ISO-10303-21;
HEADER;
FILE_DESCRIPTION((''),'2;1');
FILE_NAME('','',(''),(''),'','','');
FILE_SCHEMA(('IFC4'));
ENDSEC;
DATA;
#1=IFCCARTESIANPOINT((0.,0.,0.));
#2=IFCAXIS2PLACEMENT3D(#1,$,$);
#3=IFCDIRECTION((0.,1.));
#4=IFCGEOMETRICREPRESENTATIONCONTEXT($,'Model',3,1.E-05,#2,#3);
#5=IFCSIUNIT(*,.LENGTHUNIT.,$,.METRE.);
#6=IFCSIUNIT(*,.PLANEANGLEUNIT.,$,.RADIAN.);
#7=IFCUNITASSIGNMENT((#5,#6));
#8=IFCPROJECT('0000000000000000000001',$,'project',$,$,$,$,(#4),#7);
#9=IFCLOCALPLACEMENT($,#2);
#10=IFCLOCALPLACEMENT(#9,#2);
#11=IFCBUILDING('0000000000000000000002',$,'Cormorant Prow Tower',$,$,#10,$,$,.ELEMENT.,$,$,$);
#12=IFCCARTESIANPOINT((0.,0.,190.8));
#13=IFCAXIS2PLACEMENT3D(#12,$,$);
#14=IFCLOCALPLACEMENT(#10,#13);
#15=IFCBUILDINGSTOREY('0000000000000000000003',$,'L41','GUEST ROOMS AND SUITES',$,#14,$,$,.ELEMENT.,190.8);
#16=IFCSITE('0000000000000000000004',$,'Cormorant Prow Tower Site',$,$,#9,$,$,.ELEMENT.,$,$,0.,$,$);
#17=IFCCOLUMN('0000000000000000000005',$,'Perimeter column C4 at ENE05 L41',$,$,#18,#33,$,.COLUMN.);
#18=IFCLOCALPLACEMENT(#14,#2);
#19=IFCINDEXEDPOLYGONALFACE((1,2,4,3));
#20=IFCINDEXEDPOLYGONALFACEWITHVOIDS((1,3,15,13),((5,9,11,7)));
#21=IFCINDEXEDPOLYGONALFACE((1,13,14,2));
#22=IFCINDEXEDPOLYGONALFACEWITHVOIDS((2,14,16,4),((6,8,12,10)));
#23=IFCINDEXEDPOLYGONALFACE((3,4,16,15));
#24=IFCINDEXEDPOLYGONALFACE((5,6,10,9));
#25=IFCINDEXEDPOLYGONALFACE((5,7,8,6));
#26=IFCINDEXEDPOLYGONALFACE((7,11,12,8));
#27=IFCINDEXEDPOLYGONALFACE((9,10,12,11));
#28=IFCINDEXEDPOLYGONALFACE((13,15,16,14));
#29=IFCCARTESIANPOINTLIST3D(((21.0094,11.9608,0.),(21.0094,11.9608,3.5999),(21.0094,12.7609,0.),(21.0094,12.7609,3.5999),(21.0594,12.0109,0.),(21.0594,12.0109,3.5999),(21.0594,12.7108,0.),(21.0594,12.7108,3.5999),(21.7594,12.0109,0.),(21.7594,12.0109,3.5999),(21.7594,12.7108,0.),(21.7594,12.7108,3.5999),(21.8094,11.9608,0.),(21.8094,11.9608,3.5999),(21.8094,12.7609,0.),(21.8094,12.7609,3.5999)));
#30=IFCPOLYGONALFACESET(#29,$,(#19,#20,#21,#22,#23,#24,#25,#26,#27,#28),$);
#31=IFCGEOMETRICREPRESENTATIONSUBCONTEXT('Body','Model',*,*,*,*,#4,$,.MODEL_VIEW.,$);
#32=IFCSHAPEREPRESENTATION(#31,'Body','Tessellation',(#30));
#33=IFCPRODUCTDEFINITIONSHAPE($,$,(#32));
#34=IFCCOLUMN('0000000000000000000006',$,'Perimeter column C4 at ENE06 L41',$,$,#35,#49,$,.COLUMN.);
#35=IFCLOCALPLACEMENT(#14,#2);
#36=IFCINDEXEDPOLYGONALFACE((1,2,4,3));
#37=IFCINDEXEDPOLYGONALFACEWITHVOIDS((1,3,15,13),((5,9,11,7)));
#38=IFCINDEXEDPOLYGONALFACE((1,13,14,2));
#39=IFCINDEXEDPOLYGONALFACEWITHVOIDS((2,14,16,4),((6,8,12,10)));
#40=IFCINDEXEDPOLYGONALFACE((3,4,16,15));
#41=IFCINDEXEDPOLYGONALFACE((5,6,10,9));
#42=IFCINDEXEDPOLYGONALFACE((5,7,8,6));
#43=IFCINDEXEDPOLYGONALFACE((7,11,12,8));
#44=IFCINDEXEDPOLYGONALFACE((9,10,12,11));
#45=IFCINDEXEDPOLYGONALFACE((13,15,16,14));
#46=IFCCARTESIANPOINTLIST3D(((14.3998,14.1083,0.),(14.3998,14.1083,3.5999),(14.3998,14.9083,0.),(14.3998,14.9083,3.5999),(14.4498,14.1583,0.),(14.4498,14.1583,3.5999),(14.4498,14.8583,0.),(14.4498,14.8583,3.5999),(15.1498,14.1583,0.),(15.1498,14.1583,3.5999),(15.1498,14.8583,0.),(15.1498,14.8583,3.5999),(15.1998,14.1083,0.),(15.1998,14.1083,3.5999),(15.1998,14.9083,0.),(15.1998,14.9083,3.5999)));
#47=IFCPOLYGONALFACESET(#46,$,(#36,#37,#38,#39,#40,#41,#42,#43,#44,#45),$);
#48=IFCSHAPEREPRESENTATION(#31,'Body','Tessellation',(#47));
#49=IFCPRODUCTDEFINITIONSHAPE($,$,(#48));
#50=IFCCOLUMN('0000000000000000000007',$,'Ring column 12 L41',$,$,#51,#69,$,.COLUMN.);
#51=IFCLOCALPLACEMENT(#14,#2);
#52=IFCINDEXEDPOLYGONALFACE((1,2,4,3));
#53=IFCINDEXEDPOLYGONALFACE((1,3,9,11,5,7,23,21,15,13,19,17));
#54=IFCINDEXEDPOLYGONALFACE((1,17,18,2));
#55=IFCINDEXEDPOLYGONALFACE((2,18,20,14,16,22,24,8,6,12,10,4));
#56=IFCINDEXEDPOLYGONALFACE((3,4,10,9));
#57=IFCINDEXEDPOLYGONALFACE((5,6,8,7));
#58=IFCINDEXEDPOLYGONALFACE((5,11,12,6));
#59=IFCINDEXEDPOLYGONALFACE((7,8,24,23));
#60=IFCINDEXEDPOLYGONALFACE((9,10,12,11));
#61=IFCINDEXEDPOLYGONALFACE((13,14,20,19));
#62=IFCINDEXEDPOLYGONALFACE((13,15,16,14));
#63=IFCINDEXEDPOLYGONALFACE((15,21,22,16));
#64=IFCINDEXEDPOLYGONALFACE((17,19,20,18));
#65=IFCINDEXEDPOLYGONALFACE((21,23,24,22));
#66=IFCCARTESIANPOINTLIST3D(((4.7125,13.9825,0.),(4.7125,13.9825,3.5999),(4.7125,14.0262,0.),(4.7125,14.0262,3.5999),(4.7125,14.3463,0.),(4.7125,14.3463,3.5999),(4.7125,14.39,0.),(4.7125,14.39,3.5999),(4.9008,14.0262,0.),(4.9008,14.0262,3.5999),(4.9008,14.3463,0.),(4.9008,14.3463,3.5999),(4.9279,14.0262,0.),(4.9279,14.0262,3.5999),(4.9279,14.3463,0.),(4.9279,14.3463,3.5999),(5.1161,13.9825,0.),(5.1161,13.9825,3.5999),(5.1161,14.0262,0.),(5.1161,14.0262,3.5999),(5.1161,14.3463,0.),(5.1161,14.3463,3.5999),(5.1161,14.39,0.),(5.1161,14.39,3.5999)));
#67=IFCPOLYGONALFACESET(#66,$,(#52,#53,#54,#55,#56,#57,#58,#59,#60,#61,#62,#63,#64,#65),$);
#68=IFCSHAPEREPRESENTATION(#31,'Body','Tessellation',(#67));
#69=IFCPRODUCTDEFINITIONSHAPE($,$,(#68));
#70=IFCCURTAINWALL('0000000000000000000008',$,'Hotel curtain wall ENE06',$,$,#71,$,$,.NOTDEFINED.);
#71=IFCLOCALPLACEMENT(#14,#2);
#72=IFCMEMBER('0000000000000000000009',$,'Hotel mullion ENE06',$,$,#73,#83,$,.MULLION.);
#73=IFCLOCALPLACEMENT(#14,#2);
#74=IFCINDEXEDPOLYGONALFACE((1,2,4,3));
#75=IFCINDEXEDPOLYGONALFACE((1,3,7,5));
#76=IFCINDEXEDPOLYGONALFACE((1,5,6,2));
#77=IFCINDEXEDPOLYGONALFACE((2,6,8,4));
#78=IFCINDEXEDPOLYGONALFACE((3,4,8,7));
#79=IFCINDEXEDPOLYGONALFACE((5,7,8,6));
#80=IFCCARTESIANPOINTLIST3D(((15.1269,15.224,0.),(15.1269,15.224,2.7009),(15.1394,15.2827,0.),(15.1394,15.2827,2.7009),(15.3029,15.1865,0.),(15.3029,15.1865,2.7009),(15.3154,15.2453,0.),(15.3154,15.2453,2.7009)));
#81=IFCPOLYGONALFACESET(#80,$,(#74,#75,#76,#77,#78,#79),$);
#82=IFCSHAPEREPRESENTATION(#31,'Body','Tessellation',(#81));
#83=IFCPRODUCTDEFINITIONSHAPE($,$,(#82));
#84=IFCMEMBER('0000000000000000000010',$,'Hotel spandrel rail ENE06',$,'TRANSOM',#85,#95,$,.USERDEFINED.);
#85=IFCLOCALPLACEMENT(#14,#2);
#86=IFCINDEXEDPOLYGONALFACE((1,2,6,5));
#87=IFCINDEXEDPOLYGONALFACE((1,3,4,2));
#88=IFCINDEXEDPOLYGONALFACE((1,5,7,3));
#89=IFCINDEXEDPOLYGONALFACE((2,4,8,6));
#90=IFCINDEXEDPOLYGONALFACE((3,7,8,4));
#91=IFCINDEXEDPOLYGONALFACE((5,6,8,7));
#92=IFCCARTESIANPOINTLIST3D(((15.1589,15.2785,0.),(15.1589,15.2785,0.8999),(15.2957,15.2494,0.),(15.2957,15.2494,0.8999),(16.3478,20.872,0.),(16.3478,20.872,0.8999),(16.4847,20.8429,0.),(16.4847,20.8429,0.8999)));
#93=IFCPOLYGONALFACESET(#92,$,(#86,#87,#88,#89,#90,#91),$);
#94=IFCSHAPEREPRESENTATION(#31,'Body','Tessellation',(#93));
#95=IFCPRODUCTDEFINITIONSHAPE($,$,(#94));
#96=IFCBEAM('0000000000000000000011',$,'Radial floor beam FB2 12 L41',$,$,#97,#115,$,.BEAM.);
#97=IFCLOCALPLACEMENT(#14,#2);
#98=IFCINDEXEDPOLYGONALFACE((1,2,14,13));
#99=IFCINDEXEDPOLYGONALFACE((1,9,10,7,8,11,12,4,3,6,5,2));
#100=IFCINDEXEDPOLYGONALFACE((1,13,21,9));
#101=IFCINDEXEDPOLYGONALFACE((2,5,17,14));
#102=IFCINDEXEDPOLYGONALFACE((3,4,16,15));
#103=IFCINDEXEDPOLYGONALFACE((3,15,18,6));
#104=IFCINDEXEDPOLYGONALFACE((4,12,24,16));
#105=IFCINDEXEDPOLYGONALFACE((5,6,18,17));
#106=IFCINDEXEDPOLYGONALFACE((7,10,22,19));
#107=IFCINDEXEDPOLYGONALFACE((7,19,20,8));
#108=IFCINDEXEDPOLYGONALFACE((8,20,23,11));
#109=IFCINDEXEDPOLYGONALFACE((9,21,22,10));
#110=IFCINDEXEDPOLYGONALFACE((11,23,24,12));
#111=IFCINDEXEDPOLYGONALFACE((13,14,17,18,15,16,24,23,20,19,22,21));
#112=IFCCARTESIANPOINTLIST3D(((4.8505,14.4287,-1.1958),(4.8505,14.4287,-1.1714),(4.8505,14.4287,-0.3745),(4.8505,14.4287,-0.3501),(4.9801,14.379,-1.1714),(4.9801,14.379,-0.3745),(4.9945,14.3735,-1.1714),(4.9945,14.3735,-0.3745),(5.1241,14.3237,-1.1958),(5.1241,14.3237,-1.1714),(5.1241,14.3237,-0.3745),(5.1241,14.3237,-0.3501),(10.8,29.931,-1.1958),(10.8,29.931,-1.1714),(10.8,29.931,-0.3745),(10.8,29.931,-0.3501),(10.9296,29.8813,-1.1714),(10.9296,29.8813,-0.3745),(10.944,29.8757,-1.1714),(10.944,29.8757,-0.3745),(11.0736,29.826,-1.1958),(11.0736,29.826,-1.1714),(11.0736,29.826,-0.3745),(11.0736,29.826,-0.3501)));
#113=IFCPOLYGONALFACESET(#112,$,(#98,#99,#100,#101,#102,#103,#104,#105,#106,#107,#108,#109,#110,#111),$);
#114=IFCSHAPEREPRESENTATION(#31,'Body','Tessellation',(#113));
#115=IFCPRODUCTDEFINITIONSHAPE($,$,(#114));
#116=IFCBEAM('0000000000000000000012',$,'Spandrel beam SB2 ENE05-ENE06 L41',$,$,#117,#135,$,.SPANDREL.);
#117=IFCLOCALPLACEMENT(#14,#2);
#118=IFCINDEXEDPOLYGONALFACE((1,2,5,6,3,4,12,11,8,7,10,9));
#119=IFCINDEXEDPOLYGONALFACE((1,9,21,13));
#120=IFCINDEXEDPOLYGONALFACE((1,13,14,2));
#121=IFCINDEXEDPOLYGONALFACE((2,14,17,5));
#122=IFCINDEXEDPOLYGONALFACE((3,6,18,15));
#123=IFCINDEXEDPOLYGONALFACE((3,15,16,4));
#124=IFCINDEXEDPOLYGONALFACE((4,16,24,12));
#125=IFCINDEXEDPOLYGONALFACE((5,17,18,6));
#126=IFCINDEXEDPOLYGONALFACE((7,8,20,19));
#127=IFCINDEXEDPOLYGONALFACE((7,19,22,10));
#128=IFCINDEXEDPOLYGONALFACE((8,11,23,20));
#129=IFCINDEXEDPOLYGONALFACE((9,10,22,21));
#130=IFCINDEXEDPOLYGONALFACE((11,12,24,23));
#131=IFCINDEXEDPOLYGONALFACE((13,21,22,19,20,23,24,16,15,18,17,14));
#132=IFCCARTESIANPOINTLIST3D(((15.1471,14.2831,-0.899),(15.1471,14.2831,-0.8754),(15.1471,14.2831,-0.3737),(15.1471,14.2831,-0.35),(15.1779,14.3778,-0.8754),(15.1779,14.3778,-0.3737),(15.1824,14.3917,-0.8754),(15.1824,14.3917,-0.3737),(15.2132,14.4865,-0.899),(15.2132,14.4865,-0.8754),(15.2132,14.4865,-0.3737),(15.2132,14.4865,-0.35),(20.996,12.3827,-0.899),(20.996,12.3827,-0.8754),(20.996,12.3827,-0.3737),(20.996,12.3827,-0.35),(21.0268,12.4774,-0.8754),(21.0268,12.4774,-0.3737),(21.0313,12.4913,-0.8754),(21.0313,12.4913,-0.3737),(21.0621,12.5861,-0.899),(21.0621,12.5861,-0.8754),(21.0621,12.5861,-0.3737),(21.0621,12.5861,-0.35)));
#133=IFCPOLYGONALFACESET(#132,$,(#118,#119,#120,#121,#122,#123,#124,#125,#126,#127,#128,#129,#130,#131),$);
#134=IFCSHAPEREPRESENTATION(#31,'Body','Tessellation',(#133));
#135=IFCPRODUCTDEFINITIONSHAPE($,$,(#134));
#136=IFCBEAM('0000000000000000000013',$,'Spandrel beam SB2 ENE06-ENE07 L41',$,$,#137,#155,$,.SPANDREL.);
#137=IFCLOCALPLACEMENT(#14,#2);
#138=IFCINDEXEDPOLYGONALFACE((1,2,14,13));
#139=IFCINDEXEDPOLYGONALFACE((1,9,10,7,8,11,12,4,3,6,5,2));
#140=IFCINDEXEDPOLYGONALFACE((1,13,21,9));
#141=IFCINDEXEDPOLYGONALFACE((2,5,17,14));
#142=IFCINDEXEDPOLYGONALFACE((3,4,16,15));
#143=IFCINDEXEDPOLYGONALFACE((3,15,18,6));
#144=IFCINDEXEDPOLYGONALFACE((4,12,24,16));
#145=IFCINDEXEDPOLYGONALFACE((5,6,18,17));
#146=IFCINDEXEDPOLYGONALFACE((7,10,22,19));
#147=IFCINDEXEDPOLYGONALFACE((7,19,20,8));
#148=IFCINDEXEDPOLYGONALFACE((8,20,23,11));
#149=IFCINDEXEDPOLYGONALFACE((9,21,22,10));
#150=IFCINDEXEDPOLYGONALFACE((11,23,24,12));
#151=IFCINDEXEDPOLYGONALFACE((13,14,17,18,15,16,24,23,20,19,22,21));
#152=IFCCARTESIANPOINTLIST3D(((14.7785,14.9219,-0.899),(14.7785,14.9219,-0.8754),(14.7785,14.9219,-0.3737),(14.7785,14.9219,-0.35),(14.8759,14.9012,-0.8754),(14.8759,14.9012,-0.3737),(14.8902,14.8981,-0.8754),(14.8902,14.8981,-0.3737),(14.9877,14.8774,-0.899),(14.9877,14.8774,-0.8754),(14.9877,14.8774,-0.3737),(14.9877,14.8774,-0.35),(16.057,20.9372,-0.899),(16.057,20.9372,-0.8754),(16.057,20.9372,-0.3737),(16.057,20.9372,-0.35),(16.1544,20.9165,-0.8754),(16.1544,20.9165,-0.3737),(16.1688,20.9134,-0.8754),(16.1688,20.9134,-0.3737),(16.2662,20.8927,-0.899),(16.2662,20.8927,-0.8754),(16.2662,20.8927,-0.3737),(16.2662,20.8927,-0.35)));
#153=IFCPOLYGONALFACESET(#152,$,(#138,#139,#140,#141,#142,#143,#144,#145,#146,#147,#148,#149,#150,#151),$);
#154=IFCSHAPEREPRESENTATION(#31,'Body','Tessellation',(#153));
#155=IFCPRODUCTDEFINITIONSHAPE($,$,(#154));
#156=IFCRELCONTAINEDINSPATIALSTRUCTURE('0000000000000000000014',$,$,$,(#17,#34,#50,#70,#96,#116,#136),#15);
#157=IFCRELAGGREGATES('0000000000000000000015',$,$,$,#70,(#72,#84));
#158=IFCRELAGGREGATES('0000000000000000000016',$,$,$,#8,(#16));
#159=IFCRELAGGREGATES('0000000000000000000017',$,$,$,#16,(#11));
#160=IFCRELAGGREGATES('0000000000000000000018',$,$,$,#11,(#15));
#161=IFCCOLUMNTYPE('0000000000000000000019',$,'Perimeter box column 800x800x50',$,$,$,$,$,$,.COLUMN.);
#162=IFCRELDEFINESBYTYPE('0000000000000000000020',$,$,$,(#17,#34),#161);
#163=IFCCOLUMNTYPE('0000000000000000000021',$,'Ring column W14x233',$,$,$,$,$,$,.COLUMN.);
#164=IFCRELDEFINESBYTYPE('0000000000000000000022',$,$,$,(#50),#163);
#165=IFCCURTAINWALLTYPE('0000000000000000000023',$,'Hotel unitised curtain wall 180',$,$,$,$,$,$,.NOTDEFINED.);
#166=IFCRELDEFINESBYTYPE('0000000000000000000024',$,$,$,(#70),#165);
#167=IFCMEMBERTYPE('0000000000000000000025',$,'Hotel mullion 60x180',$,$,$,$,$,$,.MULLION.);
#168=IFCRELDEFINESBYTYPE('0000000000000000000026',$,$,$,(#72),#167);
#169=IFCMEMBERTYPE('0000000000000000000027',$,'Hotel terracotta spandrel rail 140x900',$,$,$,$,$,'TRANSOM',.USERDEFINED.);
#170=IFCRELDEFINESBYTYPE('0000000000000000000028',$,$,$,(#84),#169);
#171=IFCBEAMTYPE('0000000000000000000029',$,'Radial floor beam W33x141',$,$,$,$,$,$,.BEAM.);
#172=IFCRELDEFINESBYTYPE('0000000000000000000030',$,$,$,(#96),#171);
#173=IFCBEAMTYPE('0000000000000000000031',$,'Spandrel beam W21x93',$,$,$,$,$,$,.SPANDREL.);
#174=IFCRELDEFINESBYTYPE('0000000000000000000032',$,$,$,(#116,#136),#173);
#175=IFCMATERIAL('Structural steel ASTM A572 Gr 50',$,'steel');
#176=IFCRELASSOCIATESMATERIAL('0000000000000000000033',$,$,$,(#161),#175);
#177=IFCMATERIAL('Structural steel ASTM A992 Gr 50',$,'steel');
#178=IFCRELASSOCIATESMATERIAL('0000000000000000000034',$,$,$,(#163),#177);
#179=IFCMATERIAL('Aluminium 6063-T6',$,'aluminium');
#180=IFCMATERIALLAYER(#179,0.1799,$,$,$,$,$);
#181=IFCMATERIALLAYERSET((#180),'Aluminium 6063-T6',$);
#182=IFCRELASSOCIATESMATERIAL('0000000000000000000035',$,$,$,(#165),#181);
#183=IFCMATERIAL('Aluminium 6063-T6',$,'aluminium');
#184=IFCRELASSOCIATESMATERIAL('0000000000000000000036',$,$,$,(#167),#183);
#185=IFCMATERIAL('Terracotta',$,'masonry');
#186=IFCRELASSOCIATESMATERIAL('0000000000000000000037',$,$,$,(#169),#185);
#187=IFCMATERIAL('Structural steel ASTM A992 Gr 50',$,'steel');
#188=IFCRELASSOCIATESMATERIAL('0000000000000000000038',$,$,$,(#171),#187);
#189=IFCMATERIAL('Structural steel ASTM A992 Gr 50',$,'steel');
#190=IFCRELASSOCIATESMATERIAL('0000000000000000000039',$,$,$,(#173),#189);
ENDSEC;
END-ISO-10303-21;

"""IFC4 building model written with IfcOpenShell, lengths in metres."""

from ifc_helpers import new_model, si_unit, direction, frame, origin, origin_2d, place, context, subcontext, project, spatial, rectangle, hollow_rectangle, i_section, extrude, material, layer, layer_set, material_profile, profile_set, type_object, element, aggregate, save


model = new_model("IFC4")

# Units and contexts
model_context = context("Model", 3, precision=1e-05, world=origin(), true_north=direction((0.0, 1.0)))
body_context = subcontext(model_context, "Body", "Model", "MODEL_VIEW")
ifc_project = project(units=[si_unit("LENGTHUNIT", "METRE"), si_unit("PLANEANGLEUNIT", "RADIAN")], contexts=[model_context])

# Site, building, storey
site_placement = place(None, origin())
site = spatial("IfcSite", under=ifc_project, at=site_placement, Name="Cormorant Prow Tower Site", CompositionType="ELEMENT", RefElevation=0.0)
building_placement = place(site_placement, origin())
building = spatial("IfcBuilding", under=site, at=building_placement, Name="Cormorant Prow Tower", CompositionType="ELEMENT")
storey_placement = place(building_placement, frame((0.0, 0.0, 190.8)))
storey = spatial("IfcBuildingStorey", under=building, at=storey_placement, Name="L41", Description="GUEST ROOMS AND SUITES", CompositionType="ELEMENT", Elevation=190.8)

# Columns
ifc_material_1 = material(Name="Structural steel ASTM A572 Gr 50", Category="steel")
ifc_material_profile_1 = material_profile(ifc_material_1, hollow_rectangle(XDim=0.8, YDim=0.8, WallThickness=0.05, at=origin_2d()), Name="Box 800x800x50")
ifc_profile_set_1 = profile_set([ifc_material_profile_1], Name="Structural steel ASTM A572 Gr 50")
column_type_1 = type_object("IfcColumnType", Name="Perimeter box column 800x800x50", PredefinedType="COLUMN", material=ifc_profile_set_1)
for number, where, z_axis, x_axis, name in (
    (1, (21.4094, 12.3608, 0.0), (0.0, 0.0, 1.0), (1.0, 0.0, 0.0), "Perimeter column C4 at ENE05 L41"),
    (2, (14.7998, 14.5083, 0.0), (0.0, 0.0, 1.0), (1.0, 0.0, 0.0), "Perimeter column C4 at ENE06 L41"),
):
    element("IfcColumn", number, at=place(storey_placement, frame(where, z_axis=z_axis, x_axis=x_axis)), inside=storey, type_object=column_type_1, Name=name, PredefinedType="COLUMN", context=body_context, shape_type="SweptSolid", body=[
        extrude(hollow_rectangle(XDim=0.8, YDim=0.8, WallThickness=0.05, at=origin_2d()), origin(), (0.0, 0.0, 1.0), 3.5999),
    ])
ifc_material_2 = material(Name="Structural steel ASTM A992 Gr 50", Category="steel")
ifc_material_profile_2 = material_profile(ifc_material_2, i_section(OverallWidth=0.4036, OverallDepth=0.4075, WebThickness=0.0271, FlangeThickness=0.0437, at=origin_2d()), Name="W14x233")
ifc_profile_set_2 = profile_set([ifc_material_profile_2], Name="Structural steel ASTM A992 Gr 50")
column_type_2 = type_object("IfcColumnType", Name="Ring column W14x233", PredefinedType="COLUMN", material=ifc_profile_set_2)
column_placement = place(storey_placement, frame((4.9143, 14.1863, 0.0), z_axis=(0.0, 0.0, 1.0), x_axis=(1.0, 0.0, 0.0)))
element("IfcColumn", 3, at=column_placement, inside=storey, type_object=column_type_2, Name="Ring column 12 L41", PredefinedType="COLUMN", context=body_context, shape_type="SweptSolid", body=[
    extrude(i_section(OverallWidth=0.4036, OverallDepth=0.4075, WebThickness=0.0271, FlangeThickness=0.0437, at=origin_2d()), origin(), (0.0, 0.0, 1.0), 3.5999),
])

# Curtain wall, members
ifc_material_3 = material(Name="Aluminium 6063-T6", Category="aluminium")
ifc_layer_1 = layer(ifc_material_3, 0.1799)
ifc_layer_set_1 = layer_set([ifc_layer_1], Name="Aluminium 6063-T6")
curtain_wall_type = type_object("IfcCurtainWallType", Name="Hotel unitised curtain wall 180", PredefinedType="NOTDEFINED", material=ifc_layer_set_1)
curtain_wall_placement = place(storey_placement, origin())
curtain_wall = element("IfcCurtainWall", 4, at=curtain_wall_placement, inside=storey, type_object=curtain_wall_type, Name="Hotel curtain wall ENE06", PredefinedType="NOTDEFINED")
ifc_material_4 = material(Name="Aluminium 6063-T6", Category="aluminium")
ifc_material_profile_3 = material_profile(ifc_material_4, rectangle(XDim=0.1799, YDim=0.0601, at=origin_2d()), Name="Hotel mullion 60x180")
ifc_profile_set_3 = profile_set([ifc_material_profile_3], Name="Aluminium 6063-T6")
member_type_1 = type_object("IfcMemberType", Name="Hotel mullion 60x180", PredefinedType="MULLION", material=ifc_profile_set_3)
member_1_placement = place(storey_placement, frame((15.2212, 15.2346, 0.0), z_axis=(0.0, 0.0, 1.0), x_axis=(-0.978148, 0.207912, 0.0)))
member_1 = element("IfcMember", 5, at=member_1_placement, type_object=member_type_1, Name="Hotel mullion ENE06", PredefinedType="MULLION", context=body_context, shape_type="SweptSolid", body=[
    extrude(rectangle(XDim=0.1799, YDim=0.0601, at=origin_2d()), origin(), (0.0, 0.0, 1.0), 2.7009),
])
ifc_material_5 = material(Name="Terracotta", Category="masonry")
ifc_material_profile_4 = material_profile(ifc_material_5, rectangle(XDim=0.1399, YDim=0.8999, at=origin_2d()), Name="Hotel terracotta spandrel rail 140x900")
ifc_profile_set_4 = profile_set([ifc_material_profile_4], Name="Terracotta")
member_type_2 = type_object("IfcMemberType", Name="Hotel terracotta spandrel rail 140x900", ElementType="TRANSOM", PredefinedType="USERDEFINED", material=ifc_profile_set_4)
member_2_placement = place(storey_placement, frame((15.2273, 15.2639, 0.45), z_axis=(0.207916, 0.978147, 0.0), x_axis=(-0.978147, 0.207916, 0.0)))
member_2 = element("IfcMember", 6, at=member_2_placement, type_object=member_type_2, Name="Hotel spandrel rail ENE06", ObjectType="TRANSOM", PredefinedType="USERDEFINED", context=body_context, shape_type="SweptSolid", body=[
    extrude(rectangle(XDim=0.1399, YDim=0.8999, at=origin_2d()), origin(), (0.0, 0.0, 1.0), 5.7185),
])
aggregate(curtain_wall, [member_1, member_2])

# Beams
ifc_material_6 = material(Name="Structural steel ASTM A992 Gr 50", Category="steel")
ifc_material_profile_5 = material_profile(ifc_material_6, i_section(OverallWidth=0.293, OverallDepth=0.8457, WebThickness=0.0154, FlangeThickness=0.0244, at=origin_2d()), Name="W33x141")
ifc_profile_set_5 = profile_set([ifc_material_profile_5], Name="Structural steel ASTM A992 Gr 50")
beam_type_1 = type_object("IfcBeamType", Name="Radial floor beam W33x141", PredefinedType="BEAM", material=ifc_profile_set_5)
beam_1_placement = place(storey_placement, frame((4.9873, 14.3762, -0.7729), z_axis=(0.358301, 0.933606, 0.0), x_axis=(-0.933606, 0.358301, 0.0)))
element("IfcBeam", 7, at=beam_1_placement, inside=storey, type_object=beam_type_1, Name="Radial floor beam FB2 12 L41", PredefinedType="BEAM", context=body_context, shape_type="SweptSolid", body=[
    extrude(i_section(OverallWidth=0.293, OverallDepth=0.8457, WebThickness=0.0154, FlangeThickness=0.0244, at=origin_2d()), origin(), (0.0, 0.0, 1.0), 16.6047),
])
ifc_material_7 = material(Name="Structural steel ASTM A992 Gr 50", Category="steel")
ifc_material_profile_6 = material_profile(ifc_material_7, i_section(OverallWidth=0.2139, OverallDepth=0.5491, WebThickness=0.0146, FlangeThickness=0.0237, at=origin_2d()), Name="W21x93")
ifc_profile_set_6 = profile_set([ifc_material_profile_6], Name="Structural steel ASTM A992 Gr 50")
beam_type_2 = type_object("IfcBeamType", Name="Spandrel beam W21x93", PredefinedType="SPANDREL", material=ifc_profile_set_6)
beam_2_placement = place(storey_placement, frame((21.0291, 12.4844, -0.6245), z_axis=(-0.951058, 0.309013, 0.0), x_axis=(-0.309013, -0.951058, 0.0)))
element("IfcBeam", 8, at=beam_2_placement, inside=storey, type_object=beam_type_2, Name="Spandrel beam SB2 ENE05-ENE06 L41", PredefinedType="SPANDREL", context=body_context, shape_type="SweptSolid", body=[
    extrude(i_section(OverallWidth=0.2139, OverallDepth=0.5491, WebThickness=0.0146, FlangeThickness=0.0237, at=origin_2d()), origin(), (0.0, 0.0, 1.0), 6.1499),
])
beam_3_placement = place(storey_placement, frame((14.8831, 14.8997, -0.6245), z_axis=(0.207905, 0.978149, 0.0), x_axis=(-0.978149, 0.207905, 0.0)))
element("IfcBeam", 9, at=beam_3_placement, inside=storey, type_object=beam_type_2, Name="Spandrel beam SB2 ENE06-ENE07 L41", PredefinedType="SPANDREL", context=body_context, shape_type="SweptSolid", body=[
    extrude(i_section(OverallWidth=0.2139, OverallDepth=0.5491, WebThickness=0.0146, FlangeThickness=0.0237, at=origin_2d()), origin(), (0.0, 0.0, 1.0), 6.1497),
])

save(model, "model.ifc")
